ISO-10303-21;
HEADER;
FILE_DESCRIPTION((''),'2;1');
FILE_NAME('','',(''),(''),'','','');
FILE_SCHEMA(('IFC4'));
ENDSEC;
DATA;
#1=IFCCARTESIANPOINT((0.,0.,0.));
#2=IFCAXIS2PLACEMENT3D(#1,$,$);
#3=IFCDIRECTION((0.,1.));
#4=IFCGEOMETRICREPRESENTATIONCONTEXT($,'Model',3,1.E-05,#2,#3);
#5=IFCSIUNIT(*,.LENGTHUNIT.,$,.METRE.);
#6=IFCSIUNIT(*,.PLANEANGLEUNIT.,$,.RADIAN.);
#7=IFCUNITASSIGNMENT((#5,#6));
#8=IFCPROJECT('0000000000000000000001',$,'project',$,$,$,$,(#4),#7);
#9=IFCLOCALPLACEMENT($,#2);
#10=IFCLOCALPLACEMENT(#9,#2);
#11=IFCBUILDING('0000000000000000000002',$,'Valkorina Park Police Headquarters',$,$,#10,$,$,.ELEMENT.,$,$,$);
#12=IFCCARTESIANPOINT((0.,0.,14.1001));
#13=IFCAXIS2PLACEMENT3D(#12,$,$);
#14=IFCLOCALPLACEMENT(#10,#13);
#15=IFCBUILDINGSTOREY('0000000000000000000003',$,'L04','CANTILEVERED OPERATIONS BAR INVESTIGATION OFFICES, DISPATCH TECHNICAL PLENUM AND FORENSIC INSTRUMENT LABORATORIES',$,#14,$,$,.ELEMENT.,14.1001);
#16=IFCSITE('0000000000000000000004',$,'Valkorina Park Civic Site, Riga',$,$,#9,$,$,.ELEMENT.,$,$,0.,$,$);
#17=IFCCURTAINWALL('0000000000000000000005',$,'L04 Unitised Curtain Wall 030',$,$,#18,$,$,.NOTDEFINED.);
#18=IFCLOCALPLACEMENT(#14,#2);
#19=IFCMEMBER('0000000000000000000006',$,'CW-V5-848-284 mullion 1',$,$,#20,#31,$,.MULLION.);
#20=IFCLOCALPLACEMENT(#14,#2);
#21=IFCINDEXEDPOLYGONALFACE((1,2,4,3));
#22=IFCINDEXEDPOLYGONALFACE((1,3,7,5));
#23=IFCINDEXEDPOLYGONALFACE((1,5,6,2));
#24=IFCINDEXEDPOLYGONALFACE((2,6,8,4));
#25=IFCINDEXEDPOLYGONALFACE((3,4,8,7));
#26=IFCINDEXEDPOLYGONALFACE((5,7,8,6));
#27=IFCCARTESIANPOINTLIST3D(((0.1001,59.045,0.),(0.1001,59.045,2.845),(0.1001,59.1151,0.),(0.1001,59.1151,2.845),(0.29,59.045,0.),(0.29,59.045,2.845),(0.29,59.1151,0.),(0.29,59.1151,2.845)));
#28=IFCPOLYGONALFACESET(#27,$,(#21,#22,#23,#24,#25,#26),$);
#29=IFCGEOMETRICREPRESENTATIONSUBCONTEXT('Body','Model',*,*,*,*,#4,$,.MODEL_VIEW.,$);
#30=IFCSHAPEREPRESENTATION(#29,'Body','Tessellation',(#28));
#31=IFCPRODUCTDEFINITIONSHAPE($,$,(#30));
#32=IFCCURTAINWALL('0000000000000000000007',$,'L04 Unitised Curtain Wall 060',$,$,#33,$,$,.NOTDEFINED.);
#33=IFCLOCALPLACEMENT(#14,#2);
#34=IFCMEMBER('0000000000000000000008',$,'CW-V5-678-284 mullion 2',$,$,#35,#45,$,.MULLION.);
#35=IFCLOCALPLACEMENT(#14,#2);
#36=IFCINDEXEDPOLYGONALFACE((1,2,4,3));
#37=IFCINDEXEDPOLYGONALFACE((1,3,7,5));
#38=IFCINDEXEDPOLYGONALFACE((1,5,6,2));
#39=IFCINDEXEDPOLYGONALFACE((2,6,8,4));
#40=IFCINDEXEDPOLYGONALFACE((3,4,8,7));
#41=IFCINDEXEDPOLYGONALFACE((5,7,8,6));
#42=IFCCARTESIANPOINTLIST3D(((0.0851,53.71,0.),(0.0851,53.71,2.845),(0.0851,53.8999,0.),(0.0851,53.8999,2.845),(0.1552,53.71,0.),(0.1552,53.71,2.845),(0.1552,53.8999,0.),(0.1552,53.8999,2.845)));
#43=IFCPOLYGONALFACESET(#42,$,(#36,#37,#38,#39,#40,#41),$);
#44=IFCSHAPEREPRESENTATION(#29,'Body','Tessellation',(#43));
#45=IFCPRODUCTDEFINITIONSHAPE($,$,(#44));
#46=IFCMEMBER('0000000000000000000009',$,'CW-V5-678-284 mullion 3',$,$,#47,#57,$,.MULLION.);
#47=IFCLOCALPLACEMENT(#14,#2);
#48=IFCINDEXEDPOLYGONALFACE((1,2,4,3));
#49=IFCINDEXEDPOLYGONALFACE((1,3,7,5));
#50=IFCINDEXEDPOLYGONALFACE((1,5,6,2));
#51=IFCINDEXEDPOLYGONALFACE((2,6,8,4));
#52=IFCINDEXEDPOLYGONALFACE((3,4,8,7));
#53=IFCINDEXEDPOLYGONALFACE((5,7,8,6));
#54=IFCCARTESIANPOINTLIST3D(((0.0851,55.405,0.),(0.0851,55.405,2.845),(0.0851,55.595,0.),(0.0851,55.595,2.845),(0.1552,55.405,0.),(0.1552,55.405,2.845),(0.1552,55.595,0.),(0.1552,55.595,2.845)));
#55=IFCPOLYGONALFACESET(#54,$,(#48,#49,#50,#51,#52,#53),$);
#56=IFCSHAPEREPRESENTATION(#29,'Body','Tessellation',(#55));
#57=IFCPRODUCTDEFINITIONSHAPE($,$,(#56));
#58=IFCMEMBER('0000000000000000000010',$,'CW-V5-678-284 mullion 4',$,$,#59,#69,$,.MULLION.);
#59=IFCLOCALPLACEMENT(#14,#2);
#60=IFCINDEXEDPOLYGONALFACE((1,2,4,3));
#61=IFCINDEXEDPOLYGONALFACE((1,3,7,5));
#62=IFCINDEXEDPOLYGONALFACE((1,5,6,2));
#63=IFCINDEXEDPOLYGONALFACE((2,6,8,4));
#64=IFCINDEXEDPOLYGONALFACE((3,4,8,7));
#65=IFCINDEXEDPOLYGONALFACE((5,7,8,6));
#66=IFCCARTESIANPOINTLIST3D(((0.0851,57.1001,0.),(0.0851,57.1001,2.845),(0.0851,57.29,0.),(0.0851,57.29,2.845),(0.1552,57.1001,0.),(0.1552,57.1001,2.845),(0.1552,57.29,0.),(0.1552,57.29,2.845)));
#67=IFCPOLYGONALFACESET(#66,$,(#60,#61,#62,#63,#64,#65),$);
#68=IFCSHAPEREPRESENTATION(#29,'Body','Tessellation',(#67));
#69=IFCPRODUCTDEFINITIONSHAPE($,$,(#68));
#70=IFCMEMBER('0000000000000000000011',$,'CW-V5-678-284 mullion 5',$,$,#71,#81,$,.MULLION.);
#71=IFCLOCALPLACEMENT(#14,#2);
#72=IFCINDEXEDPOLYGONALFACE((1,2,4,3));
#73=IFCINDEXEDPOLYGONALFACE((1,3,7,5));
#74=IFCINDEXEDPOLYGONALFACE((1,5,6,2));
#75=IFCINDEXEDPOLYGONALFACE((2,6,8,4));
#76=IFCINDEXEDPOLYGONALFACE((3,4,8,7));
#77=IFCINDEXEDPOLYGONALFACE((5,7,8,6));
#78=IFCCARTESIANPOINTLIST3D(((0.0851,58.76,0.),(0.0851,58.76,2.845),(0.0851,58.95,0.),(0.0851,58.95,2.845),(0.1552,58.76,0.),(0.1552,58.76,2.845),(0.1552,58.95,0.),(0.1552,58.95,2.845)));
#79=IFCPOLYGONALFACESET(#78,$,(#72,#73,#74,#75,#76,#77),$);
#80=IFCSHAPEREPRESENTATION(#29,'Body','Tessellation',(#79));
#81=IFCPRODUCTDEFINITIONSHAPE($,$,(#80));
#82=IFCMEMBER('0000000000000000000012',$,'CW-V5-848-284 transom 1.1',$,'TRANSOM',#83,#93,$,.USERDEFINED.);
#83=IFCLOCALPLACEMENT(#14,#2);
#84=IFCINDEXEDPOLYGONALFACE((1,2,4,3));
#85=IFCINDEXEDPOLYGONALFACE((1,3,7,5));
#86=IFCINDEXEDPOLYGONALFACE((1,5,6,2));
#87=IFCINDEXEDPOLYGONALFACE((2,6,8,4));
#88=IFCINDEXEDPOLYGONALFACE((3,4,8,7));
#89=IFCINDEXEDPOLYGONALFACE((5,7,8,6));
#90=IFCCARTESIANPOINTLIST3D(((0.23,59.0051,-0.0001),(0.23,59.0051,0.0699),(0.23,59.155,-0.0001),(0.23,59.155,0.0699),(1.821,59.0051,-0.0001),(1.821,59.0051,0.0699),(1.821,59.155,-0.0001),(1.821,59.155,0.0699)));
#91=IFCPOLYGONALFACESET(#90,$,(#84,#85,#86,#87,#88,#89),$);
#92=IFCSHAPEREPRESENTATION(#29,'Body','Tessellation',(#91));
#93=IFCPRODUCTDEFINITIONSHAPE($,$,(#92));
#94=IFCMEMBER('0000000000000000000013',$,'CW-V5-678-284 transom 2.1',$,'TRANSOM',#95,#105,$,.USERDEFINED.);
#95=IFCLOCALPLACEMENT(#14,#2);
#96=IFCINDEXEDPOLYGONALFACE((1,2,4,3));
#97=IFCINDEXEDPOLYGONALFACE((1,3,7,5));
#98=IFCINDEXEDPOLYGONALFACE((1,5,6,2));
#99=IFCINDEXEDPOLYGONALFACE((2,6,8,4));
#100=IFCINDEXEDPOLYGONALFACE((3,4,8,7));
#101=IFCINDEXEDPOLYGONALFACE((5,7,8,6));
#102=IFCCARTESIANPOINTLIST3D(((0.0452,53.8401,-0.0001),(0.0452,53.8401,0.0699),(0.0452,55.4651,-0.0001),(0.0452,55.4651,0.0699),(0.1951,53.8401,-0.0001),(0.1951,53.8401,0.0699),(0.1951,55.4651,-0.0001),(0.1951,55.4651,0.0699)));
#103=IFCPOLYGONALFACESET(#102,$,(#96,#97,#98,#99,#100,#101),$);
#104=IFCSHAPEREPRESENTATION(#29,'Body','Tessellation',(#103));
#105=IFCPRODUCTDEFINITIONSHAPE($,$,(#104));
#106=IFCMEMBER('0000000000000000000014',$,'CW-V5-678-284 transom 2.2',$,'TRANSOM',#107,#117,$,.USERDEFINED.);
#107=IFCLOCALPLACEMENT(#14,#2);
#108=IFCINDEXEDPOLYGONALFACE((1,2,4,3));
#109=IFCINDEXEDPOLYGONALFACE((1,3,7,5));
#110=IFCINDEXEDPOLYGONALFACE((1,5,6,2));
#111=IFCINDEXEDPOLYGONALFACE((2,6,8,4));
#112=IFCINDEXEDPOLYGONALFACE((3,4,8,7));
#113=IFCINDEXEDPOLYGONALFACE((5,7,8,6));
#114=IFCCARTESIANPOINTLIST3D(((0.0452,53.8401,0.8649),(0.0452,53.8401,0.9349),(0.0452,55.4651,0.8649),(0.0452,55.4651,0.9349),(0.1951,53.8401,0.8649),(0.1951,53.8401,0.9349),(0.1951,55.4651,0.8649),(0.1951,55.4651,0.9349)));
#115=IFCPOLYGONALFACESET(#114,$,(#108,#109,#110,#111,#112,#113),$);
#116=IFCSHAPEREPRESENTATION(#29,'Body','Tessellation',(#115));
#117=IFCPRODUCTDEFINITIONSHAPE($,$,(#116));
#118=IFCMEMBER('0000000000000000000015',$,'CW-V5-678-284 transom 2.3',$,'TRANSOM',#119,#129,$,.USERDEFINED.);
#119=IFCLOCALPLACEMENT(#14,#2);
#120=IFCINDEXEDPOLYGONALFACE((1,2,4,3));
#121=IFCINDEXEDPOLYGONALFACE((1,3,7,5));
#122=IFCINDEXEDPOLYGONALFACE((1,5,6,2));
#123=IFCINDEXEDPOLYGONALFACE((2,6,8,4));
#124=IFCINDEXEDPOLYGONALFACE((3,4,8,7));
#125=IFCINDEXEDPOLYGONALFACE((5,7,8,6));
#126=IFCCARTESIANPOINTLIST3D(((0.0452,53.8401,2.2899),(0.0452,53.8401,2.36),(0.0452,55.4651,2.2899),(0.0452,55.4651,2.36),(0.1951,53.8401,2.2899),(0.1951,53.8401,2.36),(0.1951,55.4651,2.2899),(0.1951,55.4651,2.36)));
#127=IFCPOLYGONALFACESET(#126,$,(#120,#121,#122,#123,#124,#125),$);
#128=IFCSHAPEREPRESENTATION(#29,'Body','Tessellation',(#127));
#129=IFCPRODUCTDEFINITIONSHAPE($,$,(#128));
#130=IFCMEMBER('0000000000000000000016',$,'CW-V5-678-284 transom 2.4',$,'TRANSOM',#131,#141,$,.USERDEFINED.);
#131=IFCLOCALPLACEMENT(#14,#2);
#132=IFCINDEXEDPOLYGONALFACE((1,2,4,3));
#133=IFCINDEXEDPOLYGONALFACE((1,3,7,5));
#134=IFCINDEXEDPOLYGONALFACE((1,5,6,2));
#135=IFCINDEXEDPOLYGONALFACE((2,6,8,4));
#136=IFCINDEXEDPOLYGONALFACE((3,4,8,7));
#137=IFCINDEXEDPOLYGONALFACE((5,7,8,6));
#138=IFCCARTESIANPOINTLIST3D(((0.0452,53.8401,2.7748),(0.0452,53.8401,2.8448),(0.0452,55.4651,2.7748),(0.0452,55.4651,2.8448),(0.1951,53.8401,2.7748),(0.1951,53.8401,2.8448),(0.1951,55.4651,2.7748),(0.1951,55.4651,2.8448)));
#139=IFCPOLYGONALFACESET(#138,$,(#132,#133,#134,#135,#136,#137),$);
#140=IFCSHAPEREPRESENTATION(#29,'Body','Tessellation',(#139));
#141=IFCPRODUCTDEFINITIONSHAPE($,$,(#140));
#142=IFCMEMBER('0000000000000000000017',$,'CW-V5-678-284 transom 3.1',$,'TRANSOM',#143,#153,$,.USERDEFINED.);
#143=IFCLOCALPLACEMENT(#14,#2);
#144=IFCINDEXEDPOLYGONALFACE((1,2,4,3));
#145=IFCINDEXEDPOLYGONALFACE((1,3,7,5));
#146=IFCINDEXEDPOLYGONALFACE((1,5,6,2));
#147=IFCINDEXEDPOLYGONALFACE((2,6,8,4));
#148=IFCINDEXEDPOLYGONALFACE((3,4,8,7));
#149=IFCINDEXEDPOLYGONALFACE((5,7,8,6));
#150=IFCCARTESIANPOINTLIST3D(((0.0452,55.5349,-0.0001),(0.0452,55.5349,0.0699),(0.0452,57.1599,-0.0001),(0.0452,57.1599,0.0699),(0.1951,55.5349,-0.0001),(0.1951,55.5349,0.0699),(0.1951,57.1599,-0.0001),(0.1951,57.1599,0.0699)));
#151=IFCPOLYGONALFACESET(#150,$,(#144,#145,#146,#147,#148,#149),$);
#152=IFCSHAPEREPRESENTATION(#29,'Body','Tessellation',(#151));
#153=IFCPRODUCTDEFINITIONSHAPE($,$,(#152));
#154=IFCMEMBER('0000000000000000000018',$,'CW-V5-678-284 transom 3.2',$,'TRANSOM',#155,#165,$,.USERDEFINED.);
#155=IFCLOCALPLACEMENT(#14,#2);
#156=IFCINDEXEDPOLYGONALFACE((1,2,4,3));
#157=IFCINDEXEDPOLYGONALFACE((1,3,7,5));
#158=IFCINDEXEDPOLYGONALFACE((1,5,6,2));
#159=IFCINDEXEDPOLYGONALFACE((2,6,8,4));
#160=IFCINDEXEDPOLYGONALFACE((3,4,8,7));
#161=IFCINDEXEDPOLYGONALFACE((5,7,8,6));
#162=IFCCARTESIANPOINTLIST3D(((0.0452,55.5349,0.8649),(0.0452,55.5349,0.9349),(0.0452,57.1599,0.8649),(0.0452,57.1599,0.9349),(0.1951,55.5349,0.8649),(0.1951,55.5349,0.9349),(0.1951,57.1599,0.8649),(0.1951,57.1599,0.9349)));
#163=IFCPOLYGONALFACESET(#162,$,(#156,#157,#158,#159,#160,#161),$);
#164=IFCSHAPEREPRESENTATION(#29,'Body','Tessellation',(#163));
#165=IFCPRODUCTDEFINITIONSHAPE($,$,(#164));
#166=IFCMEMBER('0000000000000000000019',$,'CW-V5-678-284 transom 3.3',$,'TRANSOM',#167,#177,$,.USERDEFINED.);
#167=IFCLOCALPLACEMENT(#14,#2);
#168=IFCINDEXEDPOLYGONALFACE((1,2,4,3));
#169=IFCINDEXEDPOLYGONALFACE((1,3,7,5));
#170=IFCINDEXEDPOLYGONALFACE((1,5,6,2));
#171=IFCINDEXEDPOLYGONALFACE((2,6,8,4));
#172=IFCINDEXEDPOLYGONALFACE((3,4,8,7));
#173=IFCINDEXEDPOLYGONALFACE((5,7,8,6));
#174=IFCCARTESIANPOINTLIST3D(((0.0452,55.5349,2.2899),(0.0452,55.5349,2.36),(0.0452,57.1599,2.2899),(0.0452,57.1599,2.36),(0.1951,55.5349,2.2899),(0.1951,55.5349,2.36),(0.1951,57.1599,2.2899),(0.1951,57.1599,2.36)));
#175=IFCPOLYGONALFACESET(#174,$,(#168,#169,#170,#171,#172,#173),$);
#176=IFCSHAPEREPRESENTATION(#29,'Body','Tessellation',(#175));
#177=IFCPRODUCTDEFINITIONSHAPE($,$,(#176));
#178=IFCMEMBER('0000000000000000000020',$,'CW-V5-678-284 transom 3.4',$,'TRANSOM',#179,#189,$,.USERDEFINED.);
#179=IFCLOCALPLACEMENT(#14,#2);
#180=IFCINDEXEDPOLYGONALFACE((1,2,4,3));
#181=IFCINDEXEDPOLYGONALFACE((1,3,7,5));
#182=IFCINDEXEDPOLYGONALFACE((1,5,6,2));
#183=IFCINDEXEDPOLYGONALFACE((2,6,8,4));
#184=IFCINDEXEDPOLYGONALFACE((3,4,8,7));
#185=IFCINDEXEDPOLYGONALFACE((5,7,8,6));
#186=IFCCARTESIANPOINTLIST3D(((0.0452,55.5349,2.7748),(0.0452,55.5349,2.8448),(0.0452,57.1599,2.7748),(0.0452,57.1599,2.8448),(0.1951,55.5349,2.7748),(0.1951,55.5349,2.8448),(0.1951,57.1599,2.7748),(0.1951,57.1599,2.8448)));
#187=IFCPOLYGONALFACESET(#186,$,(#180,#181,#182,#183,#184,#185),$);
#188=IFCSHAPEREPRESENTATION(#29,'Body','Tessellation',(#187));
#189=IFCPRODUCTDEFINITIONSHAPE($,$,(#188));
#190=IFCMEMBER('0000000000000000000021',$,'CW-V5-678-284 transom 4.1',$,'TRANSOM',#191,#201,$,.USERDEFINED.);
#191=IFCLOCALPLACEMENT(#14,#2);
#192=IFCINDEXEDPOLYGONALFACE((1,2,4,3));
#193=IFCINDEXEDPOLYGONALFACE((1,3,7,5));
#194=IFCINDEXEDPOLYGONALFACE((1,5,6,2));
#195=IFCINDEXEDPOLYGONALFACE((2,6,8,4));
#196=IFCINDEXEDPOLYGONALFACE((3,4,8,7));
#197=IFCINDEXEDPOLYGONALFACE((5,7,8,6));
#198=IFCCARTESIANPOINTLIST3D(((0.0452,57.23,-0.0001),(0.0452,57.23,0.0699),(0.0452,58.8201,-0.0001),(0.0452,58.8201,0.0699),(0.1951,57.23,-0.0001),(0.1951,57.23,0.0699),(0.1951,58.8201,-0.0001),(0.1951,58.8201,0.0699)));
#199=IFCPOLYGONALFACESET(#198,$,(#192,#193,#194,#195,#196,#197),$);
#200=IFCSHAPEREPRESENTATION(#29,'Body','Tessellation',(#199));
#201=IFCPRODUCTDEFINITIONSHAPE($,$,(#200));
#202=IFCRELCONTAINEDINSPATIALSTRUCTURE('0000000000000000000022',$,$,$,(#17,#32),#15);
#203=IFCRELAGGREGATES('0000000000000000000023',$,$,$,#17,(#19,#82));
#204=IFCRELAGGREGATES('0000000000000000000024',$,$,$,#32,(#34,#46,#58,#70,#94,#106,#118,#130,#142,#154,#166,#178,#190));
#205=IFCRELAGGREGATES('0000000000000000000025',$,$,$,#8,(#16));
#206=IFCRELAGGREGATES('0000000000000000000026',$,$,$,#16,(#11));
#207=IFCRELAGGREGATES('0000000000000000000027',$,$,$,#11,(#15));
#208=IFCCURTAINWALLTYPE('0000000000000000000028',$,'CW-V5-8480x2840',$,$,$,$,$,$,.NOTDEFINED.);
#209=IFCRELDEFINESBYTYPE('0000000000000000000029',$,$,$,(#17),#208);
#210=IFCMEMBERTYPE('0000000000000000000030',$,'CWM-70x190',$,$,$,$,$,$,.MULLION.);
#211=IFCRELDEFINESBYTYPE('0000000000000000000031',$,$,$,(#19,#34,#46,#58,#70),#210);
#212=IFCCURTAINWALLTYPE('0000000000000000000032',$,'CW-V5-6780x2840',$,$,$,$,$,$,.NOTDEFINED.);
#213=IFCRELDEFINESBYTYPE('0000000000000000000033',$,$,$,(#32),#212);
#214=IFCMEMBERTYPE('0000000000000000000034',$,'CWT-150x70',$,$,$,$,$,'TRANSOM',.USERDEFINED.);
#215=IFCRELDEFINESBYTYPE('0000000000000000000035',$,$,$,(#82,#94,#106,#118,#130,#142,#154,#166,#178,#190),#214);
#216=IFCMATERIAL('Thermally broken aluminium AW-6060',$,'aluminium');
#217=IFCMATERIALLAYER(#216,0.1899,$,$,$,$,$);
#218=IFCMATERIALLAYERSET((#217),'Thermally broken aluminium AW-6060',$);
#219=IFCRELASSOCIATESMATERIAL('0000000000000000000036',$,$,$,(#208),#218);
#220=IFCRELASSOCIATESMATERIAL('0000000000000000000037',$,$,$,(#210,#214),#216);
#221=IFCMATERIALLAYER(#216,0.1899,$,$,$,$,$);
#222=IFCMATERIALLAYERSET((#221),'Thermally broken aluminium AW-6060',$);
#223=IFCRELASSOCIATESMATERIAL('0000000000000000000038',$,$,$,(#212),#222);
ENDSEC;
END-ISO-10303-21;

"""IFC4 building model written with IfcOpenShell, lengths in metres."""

from ifc_helpers import new_model, si_unit, direction, frame, origin, origin_2d, place, context, subcontext, project, spatial, rectangle, extrude, material, layer, layer_set, material_profile, profile_set, type_object, element, aggregate, save


model = new_model("IFC4")

# Units and contexts
model_context = context("Model", 3, precision=1e-05, world=origin(), true_north=direction((0.0, 1.0)))
body_context = subcontext(model_context, "Body", "Model", "MODEL_VIEW")
ifc_project = project(units=[si_unit("LENGTHUNIT", "METRE"), si_unit("PLANEANGLEUNIT", "RADIAN")], contexts=[model_context])

# Site, building, storey
site_placement = place(None, origin())
site = spatial("IfcSite", under=ifc_project, at=site_placement, Name="Valkorina Park Civic Site, Riga", CompositionType="ELEMENT", RefElevation=0.0)
building_placement = place(site_placement, origin())
building = spatial("IfcBuilding", under=site, at=building_placement, Name="Valkorina Park Police Headquarters", CompositionType="ELEMENT")
storey_placement = place(building_placement, frame((0.0, 0.0, 14.1001)))
storey = spatial("IfcBuildingStorey", under=building, at=storey_placement, Name="L04", Description="CANTILEVERED OPERATIONS BAR INVESTIGATION OFFICES, DISPATCH TECHNICAL PLENUM AND FORENSIC INSTRUMENT LABORATORIES", CompositionType="ELEMENT", Elevation=14.1001)

# Curtain wall, member
ifc_material_1 = material(Name="Thermally broken aluminium AW-6060", Category="aluminium")
ifc_layer_1 = layer(ifc_material_1, 0.1899)
ifc_layer_set_1 = layer_set([ifc_layer_1], Name="Thermally broken aluminium AW-6060")
curtain_wall_type_1 = type_object("IfcCurtainWallType", Name="CW-V5-8480x2840", PredefinedType="NOTDEFINED", material=ifc_layer_set_1)
curtain_wall_1_placement = place(storey_placement, origin())
curtain_wall_1 = element("IfcCurtainWall", 1, at=curtain_wall_1_placement, inside=storey, type_object=curtain_wall_type_1, Name="L04 Unitised Curtain Wall 030", PredefinedType="NOTDEFINED")
ifc_material_profile_1 = material_profile(ifc_material_1, rectangle(XDim=0.0701, YDim=0.1899, at=origin_2d()), Name="CWM-02 70x190")
ifc_profile_set_1 = profile_set([ifc_material_profile_1], Name="Thermally broken aluminium AW-6060")
member_type_1 = type_object("IfcMemberType", Name="CWM-70x190", PredefinedType="MULLION", material=ifc_profile_set_1)
member_1_placement = place(storey_placement, frame((0.1951, 59.0801, 0.0), z_axis=(0.0, 0.0, 1.0), x_axis=(0.0, 1.0, 0.0)))
member_1 = element("IfcMember", 2, at=member_1_placement, type_object=member_type_1, Name="CW-V5-848-284 mullion 1", PredefinedType="MULLION", context=body_context, shape_type="SweptSolid", body=[
    extrude(rectangle(XDim=0.0701, YDim=0.1899, at=origin_2d()), origin(), (0.0, 0.0, 1.0), 2.845),
])

# Curtain wall, members
ifc_layer_2 = layer(ifc_material_1, 0.1899)
ifc_layer_set_2 = layer_set([ifc_layer_2], Name="Thermally broken aluminium AW-6060")
curtain_wall_type_2 = type_object("IfcCurtainWallType", Name="CW-V5-6780x2840", PredefinedType="NOTDEFINED", material=ifc_layer_set_2)
curtain_wall_2_placement = place(storey_placement, origin())
curtain_wall_2 = element("IfcCurtainWall", 3, at=curtain_wall_2_placement, inside=storey, type_object=curtain_wall_type_2, Name="L04 Unitised Curtain Wall 060", PredefinedType="NOTDEFINED")
member_2_placement = place(storey_placement, frame((0.1201, 53.8049, 0.0), z_axis=(0.0, 0.0, 1.0), x_axis=(-1.0, 0.0, 0.0)))
member_2 = element("IfcMember", 4, at=member_2_placement, type_object=member_type_1, Name="CW-V5-678-284 mullion 2", PredefinedType="MULLION", context=body_context, shape_type="SweptSolid", body=[
    extrude(rectangle(XDim=0.0701, YDim=0.1899, at=origin_2d()), origin(), (0.0, 0.0, 1.0), 2.845),
])
member_3_placement = place(storey_placement, frame((0.1201, 55.5, 0.0), z_axis=(0.0, 0.0, 1.0), x_axis=(-1.0, 0.0, 0.0)))
member_3 = element("IfcMember", 5, at=member_3_placement, type_object=member_type_1, Name="CW-V5-678-284 mullion 3", PredefinedType="MULLION", context=body_context, shape_type="SweptSolid", body=[
    extrude(rectangle(XDim=0.0701, YDim=0.1899, at=origin_2d()), origin(), (0.0, 0.0, 1.0), 2.845),
])
member_4_placement = place(storey_placement, frame((0.1201, 57.1951, 0.0), z_axis=(0.0, 0.0, 1.0), x_axis=(-1.0, 0.0, 0.0)))
member_4 = element("IfcMember", 6, at=member_4_placement, type_object=member_type_1, Name="CW-V5-678-284 mullion 4", PredefinedType="MULLION", context=body_context, shape_type="SweptSolid", body=[
    extrude(rectangle(XDim=0.0701, YDim=0.1899, at=origin_2d()), origin(), (0.0, 0.0, 1.0), 2.845),
])
member_5_placement = place(storey_placement, frame((0.1201, 58.855, 0.0), z_axis=(0.0, 0.0, 1.0), x_axis=(-1.0, 0.0, 0.0)))
member_5 = element("IfcMember", 7, at=member_5_placement, type_object=member_type_1, Name="CW-V5-678-284 mullion 5", PredefinedType="MULLION", context=body_context, shape_type="SweptSolid", body=[
    extrude(rectangle(XDim=0.0701, YDim=0.1899, at=origin_2d()), origin(), (0.0, 0.0, 1.0), 2.845),
])

# Members
ifc_material_profile_2 = material_profile(ifc_material_1, rectangle(XDim=0.1499, YDim=0.0701, at=origin_2d()), Name="CWT-02 150x70")
ifc_profile_set_2 = profile_set([ifc_material_profile_2], Name="Thermally broken aluminium AW-6060")
member_type_2 = type_object("IfcMemberType", Name="CWT-150x70", ElementType="TRANSOM", PredefinedType="USERDEFINED", material=ifc_profile_set_2)
member_6_placement = place(storey_placement, frame((0.23, 59.0801, 0.0349), z_axis=(1.0, 0.0, 0.0), x_axis=(0.0, 1.0, 0.0)))
member_6 = element("IfcMember", 8, at=member_6_placement, type_object=member_type_2, Name="CW-V5-848-284 transom 1.1", ObjectType="TRANSOM", PredefinedType="USERDEFINED", context=body_context, shape_type="SweptSolid", body=[
    extrude(rectangle(XDim=0.1499, YDim=0.0701, at=origin_2d()), origin(), (0.0, 0.0, 1.0), 1.5911),
])
aggregate(curtain_wall_1, [member_1, member_6])
member_7_placement = place(storey_placement, frame((0.1201, 53.8401, 0.0349), z_axis=(0.0, 1.0, 0.0), x_axis=(-1.0, 0.0, 0.0)))
member_7 = element("IfcMember", 9, at=member_7_placement, type_object=member_type_2, Name="CW-V5-678-284 transom 2.1", ObjectType="TRANSOM", PredefinedType="USERDEFINED", context=body_context, shape_type="SweptSolid", body=[
    extrude(rectangle(XDim=0.1499, YDim=0.0701, at=origin_2d()), origin(), (0.0, 0.0, 1.0), 1.625),
])
member_8_placement = place(storey_placement, frame((0.1201, 53.8401, 0.8999), z_axis=(0.0, 1.0, 0.0), x_axis=(-1.0, 0.0, 0.0)))
member_8 = element("IfcMember", 10, at=member_8_placement, type_object=member_type_2, Name="CW-V5-678-284 transom 2.2", ObjectType="TRANSOM", PredefinedType="USERDEFINED", context=body_context, shape_type="SweptSolid", body=[
    extrude(rectangle(XDim=0.1499, YDim=0.0701, at=origin_2d()), origin(), (0.0, 0.0, 1.0), 1.625),
])
member_9_placement = place(storey_placement, frame((0.1201, 53.8401, 2.325), z_axis=(0.0, 1.0, 0.0), x_axis=(-1.0, 0.0, 0.0)))
member_9 = element("IfcMember", 11, at=member_9_placement, type_object=member_type_2, Name="CW-V5-678-284 transom 2.3", ObjectType="TRANSOM", PredefinedType="USERDEFINED", context=body_context, shape_type="SweptSolid", body=[
    extrude(rectangle(XDim=0.1499, YDim=0.0701, at=origin_2d()), origin(), (0.0, 0.0, 1.0), 1.625),
])
member_10_placement = place(storey_placement, frame((0.1201, 53.8401, 2.8098), z_axis=(0.0, 1.0, 0.0), x_axis=(-1.0, 0.0, 0.0)))
member_10 = element("IfcMember", 12, at=member_10_placement, type_object=member_type_2, Name="CW-V5-678-284 transom 2.4", ObjectType="TRANSOM", PredefinedType="USERDEFINED", context=body_context, shape_type="SweptSolid", body=[
    extrude(rectangle(XDim=0.1499, YDim=0.0701, at=origin_2d()), origin(), (0.0, 0.0, 1.0), 1.625),
])
member_11_placement = place(storey_placement, frame((0.1201, 55.5349, 0.0349), z_axis=(0.0, 1.0, 0.0), x_axis=(-1.0, 0.0, 0.0)))
member_11 = element("IfcMember", 13, at=member_11_placement, type_object=member_type_2, Name="CW-V5-678-284 transom 3.1", ObjectType="TRANSOM", PredefinedType="USERDEFINED", context=body_context, shape_type="SweptSolid", body=[
    extrude(rectangle(XDim=0.1499, YDim=0.0701, at=origin_2d()), origin(), (0.0, 0.0, 1.0), 1.625),
])
member_12_placement = place(storey_placement, frame((0.1201, 55.5349, 0.8999), z_axis=(0.0, 1.0, 0.0), x_axis=(-1.0, 0.0, 0.0)))
member_12 = element("IfcMember", 14, at=member_12_placement, type_object=member_type_2, Name="CW-V5-678-284 transom 3.2", ObjectType="TRANSOM", PredefinedType="USERDEFINED", context=body_context, shape_type="SweptSolid", body=[
    extrude(rectangle(XDim=0.1499, YDim=0.0701, at=origin_2d()), origin(), (0.0, 0.0, 1.0), 1.625),
])
member_13_placement = place(storey_placement, frame((0.1201, 55.5349, 2.325), z_axis=(0.0, 1.0, 0.0), x_axis=(-1.0, 0.0, 0.0)))
member_13 = element("IfcMember", 15, at=member_13_placement, type_object=member_type_2, Name="CW-V5-678-284 transom 3.3", ObjectType="TRANSOM", PredefinedType="USERDEFINED", context=body_context, shape_type="SweptSolid", body=[
    extrude(rectangle(XDim=0.1499, YDim=0.0701, at=origin_2d()), origin(), (0.0, 0.0, 1.0), 1.625),
])
member_14_placement = place(storey_placement, frame((0.1201, 55.5349, 2.8098), z_axis=(0.0, 1.0, 0.0), x_axis=(-1.0, 0.0, 0.0)))
member_14 = element("IfcMember", 16, at=member_14_placement, type_object=member_type_2, Name="CW-V5-678-284 transom 3.4", ObjectType="TRANSOM", PredefinedType="USERDEFINED", context=body_context, shape_type="SweptSolid", body=[
    extrude(rectangle(XDim=0.1499, YDim=0.0701, at=origin_2d()), origin(), (0.0, 0.0, 1.0), 1.625),
])
member_15_placement = place(storey_placement, frame((0.1201, 57.23, 0.0349), z_axis=(0.0, 1.0, 0.0), x_axis=(-1.0, 0.0, 0.0)))
member_15 = element("IfcMember", 17, at=member_15_placement, type_object=member_type_2, Name="CW-V5-678-284 transom 4.1", ObjectType="TRANSOM", PredefinedType="USERDEFINED", context=body_context, shape_type="SweptSolid", body=[
    extrude(rectangle(XDim=0.1499, YDim=0.0701, at=origin_2d()), origin(), (0.0, 0.0, 1.0), 1.5901),
])

aggregate(curtain_wall_2, [member_2, member_3, member_4, member_5, member_7, member_8, member_9, member_10, member_11, member_12, member_13, member_14, member_15])

save(model, "model.ifc")
